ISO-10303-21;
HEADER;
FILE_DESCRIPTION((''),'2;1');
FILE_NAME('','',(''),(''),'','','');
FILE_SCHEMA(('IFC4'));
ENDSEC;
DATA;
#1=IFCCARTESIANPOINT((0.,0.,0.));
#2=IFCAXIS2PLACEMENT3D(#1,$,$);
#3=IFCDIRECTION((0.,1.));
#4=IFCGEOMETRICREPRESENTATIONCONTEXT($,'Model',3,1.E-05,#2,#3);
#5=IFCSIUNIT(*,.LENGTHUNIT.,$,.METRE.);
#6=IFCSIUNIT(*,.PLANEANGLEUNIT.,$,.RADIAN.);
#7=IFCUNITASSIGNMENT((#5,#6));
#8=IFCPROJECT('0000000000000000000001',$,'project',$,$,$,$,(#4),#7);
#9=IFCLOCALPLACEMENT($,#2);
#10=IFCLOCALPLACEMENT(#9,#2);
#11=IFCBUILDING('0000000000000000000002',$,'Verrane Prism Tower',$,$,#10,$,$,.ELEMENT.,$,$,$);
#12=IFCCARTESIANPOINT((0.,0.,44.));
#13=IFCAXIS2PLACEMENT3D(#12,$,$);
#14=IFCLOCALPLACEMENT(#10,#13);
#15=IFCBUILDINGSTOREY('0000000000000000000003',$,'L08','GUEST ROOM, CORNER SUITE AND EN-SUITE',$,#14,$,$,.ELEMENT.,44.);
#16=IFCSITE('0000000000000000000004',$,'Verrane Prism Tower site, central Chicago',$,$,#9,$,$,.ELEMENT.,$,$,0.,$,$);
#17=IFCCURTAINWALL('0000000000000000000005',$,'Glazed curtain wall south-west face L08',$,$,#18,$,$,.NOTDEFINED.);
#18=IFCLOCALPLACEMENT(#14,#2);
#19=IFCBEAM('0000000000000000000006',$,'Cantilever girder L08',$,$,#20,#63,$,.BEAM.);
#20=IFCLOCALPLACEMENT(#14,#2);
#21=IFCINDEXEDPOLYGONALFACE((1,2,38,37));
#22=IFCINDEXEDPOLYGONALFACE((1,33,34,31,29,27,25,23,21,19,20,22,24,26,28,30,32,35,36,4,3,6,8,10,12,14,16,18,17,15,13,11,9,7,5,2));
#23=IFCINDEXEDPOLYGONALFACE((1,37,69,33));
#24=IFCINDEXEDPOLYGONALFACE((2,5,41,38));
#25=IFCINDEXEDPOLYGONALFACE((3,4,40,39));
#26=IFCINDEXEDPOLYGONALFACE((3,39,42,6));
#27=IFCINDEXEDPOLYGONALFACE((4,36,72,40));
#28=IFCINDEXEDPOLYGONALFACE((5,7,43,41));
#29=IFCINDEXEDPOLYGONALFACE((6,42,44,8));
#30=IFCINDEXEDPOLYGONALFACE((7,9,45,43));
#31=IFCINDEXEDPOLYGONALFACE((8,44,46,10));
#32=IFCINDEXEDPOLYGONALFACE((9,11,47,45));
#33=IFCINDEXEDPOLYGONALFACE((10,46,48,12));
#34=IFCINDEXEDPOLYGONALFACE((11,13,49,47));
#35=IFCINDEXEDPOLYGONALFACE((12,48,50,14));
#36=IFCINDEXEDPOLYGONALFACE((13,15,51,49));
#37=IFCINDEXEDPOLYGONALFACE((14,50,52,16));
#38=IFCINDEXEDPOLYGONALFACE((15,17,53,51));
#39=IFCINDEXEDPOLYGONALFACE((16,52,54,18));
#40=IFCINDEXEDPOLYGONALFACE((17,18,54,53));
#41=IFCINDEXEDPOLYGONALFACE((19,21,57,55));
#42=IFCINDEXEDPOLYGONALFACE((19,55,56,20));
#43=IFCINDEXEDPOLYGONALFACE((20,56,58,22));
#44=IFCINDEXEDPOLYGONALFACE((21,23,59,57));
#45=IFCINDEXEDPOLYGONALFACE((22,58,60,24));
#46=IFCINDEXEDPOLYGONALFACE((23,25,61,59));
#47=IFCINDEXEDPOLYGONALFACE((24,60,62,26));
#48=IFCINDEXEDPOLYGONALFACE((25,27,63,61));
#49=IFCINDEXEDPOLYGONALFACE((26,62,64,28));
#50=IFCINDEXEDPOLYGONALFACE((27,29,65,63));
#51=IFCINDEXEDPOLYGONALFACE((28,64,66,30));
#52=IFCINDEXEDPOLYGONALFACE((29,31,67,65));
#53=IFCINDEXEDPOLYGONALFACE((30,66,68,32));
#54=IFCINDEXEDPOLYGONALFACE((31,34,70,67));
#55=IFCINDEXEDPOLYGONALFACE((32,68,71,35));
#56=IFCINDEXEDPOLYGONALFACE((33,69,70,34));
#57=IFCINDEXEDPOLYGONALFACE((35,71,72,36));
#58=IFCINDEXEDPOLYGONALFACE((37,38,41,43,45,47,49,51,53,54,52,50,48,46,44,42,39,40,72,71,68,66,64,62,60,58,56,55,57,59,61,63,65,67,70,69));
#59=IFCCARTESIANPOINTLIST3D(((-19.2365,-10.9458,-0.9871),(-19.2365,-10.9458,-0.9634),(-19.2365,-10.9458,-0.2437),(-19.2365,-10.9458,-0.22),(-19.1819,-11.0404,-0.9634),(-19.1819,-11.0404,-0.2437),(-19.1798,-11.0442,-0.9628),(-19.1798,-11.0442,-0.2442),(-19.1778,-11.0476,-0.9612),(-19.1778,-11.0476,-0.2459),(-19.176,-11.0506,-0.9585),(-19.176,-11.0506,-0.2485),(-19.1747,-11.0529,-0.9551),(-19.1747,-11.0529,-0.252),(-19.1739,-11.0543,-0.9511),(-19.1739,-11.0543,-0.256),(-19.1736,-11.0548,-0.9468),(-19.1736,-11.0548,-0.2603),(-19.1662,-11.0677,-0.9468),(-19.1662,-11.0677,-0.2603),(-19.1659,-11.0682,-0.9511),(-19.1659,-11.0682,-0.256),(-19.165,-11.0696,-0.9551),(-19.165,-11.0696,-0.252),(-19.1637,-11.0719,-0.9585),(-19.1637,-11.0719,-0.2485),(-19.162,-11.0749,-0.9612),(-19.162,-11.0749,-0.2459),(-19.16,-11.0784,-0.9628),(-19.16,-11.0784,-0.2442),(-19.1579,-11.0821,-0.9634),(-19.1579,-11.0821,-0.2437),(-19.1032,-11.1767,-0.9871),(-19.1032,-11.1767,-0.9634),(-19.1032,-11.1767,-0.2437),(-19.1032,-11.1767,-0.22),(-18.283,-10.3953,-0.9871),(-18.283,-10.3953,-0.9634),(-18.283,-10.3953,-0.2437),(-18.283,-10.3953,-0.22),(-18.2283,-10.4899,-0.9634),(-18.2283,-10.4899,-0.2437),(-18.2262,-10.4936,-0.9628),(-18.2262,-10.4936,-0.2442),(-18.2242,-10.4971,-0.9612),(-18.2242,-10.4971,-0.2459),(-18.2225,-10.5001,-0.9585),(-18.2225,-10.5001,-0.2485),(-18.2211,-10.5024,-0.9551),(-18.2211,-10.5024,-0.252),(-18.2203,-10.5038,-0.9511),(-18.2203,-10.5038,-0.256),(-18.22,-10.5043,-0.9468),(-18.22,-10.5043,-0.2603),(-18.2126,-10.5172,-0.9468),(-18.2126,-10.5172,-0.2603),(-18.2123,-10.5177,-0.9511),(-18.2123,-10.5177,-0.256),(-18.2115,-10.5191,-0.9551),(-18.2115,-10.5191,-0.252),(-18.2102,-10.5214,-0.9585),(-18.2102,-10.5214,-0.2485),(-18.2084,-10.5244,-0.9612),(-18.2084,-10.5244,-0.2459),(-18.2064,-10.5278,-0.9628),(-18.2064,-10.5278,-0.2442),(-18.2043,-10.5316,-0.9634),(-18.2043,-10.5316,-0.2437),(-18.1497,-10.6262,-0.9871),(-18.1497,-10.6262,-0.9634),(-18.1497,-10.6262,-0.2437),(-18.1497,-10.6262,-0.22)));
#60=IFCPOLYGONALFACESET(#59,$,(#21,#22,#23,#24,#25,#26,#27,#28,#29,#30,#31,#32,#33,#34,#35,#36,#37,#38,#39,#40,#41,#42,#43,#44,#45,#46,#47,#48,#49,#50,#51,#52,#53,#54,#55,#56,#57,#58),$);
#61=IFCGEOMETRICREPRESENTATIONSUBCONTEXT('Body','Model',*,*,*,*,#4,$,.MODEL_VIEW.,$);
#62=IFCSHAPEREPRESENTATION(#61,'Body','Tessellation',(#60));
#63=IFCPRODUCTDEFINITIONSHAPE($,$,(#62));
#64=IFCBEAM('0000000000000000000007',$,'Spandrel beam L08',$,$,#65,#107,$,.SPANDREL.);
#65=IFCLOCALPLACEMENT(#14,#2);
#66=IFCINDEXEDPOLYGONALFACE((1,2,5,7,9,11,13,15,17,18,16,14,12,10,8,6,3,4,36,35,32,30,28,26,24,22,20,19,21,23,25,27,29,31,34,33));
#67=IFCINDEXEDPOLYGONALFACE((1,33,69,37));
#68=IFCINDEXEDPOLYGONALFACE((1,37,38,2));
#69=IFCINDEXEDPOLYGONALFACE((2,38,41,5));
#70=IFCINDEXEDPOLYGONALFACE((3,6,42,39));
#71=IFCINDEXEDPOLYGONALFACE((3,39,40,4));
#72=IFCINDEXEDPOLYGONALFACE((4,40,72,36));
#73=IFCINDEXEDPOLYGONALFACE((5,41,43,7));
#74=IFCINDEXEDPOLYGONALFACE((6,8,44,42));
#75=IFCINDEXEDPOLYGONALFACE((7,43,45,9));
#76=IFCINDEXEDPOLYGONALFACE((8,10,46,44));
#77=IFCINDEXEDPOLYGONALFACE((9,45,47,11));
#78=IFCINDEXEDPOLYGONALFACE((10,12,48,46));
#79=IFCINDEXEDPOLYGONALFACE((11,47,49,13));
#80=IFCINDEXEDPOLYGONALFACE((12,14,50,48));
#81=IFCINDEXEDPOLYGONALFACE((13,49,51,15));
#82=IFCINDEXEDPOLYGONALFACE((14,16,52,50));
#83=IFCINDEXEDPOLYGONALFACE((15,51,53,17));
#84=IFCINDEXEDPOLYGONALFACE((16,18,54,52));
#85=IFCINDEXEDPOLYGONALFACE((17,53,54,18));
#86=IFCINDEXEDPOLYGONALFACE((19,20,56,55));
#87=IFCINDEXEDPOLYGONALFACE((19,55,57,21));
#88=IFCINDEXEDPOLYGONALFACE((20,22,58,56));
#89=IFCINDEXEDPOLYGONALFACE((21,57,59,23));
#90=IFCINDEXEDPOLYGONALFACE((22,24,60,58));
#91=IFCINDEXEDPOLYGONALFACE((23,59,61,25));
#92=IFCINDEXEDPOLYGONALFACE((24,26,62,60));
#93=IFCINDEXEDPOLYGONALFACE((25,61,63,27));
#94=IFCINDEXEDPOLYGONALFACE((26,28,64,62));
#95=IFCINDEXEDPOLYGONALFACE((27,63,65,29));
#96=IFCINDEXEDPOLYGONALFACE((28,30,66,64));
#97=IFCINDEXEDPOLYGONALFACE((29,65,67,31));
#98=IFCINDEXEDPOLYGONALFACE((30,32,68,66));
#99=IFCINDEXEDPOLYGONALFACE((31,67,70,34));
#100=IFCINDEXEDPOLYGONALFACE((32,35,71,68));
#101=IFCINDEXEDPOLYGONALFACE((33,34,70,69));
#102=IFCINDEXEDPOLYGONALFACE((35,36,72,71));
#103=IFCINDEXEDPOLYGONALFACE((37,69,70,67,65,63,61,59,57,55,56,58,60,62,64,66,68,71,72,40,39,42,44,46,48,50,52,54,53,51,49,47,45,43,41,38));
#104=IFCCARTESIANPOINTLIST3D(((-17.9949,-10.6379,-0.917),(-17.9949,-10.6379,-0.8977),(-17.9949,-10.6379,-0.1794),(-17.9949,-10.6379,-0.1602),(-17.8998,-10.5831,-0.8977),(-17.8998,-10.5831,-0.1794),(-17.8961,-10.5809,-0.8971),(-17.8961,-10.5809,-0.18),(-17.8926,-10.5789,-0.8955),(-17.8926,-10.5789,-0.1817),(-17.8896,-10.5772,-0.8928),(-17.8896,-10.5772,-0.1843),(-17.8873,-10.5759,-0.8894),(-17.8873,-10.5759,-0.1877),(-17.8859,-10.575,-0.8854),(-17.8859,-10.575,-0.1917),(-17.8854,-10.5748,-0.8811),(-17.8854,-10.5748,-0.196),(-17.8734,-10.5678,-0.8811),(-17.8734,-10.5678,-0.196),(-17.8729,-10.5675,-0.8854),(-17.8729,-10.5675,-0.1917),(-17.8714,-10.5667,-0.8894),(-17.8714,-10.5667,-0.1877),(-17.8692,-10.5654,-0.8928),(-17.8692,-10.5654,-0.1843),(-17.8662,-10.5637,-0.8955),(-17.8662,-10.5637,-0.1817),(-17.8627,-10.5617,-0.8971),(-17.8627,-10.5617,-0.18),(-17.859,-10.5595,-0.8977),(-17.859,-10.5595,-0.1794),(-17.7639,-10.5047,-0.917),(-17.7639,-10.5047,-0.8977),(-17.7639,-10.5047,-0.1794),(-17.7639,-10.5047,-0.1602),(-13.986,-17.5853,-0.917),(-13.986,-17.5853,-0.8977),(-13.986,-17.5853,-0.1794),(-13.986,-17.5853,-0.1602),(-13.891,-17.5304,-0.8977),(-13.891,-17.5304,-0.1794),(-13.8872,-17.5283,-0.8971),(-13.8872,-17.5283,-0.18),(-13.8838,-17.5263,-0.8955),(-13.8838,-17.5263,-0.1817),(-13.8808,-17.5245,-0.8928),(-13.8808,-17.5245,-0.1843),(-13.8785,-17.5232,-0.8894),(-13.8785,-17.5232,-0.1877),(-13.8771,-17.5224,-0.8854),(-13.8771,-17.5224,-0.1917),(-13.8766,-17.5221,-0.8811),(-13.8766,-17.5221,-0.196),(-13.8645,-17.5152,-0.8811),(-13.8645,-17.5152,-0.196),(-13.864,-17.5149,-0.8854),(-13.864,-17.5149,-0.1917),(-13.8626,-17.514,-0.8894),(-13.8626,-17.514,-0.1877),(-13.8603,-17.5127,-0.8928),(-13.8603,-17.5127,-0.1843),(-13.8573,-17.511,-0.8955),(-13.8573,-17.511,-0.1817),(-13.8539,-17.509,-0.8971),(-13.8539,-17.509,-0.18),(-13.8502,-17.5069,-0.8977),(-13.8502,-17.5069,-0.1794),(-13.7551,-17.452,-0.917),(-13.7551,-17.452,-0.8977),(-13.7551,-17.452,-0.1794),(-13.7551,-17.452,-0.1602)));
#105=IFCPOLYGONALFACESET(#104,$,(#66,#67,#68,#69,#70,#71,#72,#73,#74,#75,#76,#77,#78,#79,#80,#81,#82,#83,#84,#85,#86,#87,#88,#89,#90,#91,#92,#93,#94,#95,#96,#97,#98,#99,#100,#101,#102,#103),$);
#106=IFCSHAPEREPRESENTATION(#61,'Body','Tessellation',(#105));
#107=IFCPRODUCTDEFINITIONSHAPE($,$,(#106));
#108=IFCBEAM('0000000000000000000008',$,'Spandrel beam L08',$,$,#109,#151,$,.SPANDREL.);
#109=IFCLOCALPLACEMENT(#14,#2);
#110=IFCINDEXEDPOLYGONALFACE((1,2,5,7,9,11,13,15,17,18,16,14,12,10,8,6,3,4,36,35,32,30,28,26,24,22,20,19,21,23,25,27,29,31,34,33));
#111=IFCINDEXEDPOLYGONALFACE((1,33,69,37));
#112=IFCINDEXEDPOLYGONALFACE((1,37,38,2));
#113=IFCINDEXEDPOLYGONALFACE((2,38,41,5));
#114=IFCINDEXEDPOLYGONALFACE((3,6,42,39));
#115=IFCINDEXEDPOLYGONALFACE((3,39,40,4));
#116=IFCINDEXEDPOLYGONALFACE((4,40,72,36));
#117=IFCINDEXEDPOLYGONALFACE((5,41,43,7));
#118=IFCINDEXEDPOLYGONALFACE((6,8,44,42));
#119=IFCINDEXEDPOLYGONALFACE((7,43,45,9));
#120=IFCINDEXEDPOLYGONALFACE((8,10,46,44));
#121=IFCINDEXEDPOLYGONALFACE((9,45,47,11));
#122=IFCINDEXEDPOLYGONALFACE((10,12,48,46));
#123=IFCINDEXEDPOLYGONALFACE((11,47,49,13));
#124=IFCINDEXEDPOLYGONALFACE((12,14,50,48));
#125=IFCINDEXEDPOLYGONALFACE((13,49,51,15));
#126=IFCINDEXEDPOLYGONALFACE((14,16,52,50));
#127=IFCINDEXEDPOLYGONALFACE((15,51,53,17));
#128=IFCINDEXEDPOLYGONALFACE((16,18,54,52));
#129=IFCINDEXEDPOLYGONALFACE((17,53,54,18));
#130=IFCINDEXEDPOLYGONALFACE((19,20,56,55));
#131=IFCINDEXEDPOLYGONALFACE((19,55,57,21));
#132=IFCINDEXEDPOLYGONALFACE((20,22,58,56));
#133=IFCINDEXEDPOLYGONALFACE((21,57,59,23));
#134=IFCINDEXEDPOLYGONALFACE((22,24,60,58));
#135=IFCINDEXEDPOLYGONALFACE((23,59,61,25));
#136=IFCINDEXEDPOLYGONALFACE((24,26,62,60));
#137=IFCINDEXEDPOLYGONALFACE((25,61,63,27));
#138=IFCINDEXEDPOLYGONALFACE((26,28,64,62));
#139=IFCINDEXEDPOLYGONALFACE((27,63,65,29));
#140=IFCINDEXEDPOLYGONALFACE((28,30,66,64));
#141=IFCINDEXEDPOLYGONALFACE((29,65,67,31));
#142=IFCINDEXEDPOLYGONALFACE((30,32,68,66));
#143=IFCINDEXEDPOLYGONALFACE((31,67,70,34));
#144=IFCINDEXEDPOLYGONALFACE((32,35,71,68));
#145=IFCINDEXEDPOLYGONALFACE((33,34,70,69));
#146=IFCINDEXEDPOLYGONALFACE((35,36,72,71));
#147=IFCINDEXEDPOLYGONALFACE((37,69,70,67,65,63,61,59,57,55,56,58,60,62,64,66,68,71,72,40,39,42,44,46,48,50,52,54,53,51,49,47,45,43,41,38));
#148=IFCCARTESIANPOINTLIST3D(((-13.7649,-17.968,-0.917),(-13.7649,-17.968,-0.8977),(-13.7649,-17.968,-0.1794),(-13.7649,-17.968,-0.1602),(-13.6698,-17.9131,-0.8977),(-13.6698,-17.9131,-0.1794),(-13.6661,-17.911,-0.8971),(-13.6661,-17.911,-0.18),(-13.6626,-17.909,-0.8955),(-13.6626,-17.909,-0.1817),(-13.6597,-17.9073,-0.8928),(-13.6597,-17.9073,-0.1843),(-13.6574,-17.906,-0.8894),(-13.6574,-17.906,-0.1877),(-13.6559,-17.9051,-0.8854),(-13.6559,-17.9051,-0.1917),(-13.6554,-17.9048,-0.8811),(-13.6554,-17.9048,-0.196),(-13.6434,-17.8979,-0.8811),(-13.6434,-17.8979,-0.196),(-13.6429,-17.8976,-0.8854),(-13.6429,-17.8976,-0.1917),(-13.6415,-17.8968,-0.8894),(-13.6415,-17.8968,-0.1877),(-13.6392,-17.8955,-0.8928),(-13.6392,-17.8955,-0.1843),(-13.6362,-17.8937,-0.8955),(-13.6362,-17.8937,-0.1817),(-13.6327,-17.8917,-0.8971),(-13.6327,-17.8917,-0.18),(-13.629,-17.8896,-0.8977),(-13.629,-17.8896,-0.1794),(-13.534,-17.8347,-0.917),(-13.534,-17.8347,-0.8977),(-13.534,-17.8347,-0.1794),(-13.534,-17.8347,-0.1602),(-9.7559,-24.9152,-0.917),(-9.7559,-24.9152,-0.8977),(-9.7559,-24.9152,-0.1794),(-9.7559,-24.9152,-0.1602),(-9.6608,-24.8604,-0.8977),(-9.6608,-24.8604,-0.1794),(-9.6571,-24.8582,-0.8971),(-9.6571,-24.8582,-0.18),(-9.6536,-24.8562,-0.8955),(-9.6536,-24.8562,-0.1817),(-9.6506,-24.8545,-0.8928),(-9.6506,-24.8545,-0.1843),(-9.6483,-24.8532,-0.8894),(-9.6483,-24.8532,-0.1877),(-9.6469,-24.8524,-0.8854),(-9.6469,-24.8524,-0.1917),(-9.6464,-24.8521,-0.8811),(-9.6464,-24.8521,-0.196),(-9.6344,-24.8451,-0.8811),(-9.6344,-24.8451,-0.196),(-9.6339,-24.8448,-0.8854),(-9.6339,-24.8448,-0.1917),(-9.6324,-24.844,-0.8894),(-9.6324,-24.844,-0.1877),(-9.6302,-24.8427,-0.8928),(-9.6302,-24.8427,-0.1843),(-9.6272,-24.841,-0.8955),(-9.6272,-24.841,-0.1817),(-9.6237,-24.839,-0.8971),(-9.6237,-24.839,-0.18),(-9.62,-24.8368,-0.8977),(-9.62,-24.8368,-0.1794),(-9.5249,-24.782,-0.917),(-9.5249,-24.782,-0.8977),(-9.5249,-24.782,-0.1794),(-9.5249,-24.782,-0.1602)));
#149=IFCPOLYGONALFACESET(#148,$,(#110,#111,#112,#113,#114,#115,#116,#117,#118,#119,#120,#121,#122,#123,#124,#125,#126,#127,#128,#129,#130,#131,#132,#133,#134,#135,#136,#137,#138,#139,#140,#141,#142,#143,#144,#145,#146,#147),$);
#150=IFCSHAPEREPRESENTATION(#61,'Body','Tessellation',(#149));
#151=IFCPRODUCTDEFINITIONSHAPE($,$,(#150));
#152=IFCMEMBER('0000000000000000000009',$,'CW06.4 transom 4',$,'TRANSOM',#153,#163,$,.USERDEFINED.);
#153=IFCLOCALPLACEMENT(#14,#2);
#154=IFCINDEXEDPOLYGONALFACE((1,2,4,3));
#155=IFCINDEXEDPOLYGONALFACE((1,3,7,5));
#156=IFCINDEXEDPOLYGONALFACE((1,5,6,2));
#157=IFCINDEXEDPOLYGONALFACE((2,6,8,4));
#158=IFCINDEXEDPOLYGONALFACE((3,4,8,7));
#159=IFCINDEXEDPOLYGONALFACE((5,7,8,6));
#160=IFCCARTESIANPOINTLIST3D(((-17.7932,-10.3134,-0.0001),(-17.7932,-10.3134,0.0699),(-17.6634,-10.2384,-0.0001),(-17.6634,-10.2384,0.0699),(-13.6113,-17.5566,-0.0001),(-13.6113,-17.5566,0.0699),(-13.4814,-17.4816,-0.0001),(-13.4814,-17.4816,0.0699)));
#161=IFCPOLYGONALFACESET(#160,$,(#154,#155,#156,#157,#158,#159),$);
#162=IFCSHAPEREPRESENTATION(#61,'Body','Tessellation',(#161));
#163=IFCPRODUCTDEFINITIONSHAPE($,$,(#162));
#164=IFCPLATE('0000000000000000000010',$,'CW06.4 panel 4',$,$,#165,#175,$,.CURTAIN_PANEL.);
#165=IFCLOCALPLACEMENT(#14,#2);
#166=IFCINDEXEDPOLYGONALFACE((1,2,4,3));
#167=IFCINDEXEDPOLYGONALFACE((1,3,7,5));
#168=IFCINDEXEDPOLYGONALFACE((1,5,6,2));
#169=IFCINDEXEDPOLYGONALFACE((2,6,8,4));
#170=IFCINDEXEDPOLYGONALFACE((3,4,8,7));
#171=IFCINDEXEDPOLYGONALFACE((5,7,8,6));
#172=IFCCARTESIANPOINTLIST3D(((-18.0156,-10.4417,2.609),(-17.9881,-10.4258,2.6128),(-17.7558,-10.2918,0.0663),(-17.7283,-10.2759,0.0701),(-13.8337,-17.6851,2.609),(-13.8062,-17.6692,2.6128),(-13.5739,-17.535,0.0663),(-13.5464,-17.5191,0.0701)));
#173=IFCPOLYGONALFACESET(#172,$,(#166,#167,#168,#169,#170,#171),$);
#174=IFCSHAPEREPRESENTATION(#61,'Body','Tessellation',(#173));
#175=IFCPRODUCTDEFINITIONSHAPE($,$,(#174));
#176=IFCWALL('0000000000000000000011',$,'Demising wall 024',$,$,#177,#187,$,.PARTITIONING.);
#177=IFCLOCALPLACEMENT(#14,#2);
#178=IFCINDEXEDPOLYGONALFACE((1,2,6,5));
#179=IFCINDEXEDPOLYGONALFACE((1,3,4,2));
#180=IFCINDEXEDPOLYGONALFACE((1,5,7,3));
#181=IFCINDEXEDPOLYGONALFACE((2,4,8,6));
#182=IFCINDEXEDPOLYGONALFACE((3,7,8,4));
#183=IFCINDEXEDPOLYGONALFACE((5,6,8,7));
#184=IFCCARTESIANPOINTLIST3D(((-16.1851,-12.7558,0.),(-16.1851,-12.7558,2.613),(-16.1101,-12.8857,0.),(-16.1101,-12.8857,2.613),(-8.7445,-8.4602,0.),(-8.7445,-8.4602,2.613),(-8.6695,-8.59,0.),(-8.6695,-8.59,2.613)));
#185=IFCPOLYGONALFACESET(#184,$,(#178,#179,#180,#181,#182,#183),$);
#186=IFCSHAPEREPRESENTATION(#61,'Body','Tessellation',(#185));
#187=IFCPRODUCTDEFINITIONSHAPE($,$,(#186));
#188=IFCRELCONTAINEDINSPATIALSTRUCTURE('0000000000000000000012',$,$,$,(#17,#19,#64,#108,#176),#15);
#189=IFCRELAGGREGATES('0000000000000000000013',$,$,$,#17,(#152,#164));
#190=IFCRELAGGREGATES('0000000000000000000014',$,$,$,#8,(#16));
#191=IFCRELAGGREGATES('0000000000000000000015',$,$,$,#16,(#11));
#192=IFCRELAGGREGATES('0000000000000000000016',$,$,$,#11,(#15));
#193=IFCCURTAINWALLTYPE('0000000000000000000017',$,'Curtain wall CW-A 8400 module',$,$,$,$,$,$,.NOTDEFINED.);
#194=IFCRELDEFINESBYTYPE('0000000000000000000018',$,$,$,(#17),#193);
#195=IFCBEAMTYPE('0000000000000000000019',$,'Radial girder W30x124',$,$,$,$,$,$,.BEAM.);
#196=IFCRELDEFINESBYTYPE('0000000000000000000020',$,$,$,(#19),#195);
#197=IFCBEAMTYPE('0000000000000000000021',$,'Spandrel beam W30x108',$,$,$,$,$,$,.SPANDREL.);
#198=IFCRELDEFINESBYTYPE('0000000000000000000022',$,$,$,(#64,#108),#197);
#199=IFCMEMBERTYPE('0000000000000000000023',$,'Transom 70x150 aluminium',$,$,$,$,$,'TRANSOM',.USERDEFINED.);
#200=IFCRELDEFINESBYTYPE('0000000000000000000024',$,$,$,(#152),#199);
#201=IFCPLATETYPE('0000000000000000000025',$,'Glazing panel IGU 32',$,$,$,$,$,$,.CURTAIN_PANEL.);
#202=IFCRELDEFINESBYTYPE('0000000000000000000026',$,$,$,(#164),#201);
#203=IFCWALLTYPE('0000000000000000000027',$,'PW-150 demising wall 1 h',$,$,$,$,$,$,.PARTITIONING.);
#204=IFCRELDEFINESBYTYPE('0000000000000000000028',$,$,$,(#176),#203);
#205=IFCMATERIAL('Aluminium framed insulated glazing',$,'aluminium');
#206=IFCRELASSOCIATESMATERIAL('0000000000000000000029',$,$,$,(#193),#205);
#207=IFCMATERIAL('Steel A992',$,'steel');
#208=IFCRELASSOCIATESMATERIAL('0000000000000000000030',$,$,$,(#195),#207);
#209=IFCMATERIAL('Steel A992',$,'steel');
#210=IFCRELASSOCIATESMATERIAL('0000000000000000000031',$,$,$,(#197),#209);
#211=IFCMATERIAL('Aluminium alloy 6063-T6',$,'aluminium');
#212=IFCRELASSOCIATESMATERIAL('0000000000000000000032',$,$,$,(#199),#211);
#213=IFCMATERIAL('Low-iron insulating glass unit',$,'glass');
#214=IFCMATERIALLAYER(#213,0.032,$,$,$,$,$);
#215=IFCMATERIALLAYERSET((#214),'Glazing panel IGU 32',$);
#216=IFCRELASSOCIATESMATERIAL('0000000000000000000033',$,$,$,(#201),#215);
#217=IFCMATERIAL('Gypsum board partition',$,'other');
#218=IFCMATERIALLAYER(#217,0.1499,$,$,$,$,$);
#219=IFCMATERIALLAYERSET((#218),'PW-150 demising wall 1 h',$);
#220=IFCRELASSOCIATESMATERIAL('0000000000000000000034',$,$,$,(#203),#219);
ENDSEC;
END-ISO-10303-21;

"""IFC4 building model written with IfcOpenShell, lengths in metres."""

from ifc_helpers import new_model, si_unit, direction, frame, frame_2d, origin, origin_2d, place, context, subcontext, project, spatial, polyline, rectangle, i_section, outline, extrude, material, layer, layer_set, material_profile, profile_set, type_object, element, aggregate, save


model = new_model("IFC4")

# Units and contexts
model_context = context("Model", 3, precision=1e-05, world=origin(), true_north=direction((0.0, 1.0)))
body_context = subcontext(model_context, "Body", "Model", "MODEL_VIEW")
ifc_project = project(units=[si_unit("LENGTHUNIT", "METRE"), si_unit("PLANEANGLEUNIT", "RADIAN")], contexts=[model_context])

# Site, building, storey
site_placement = place(None, origin())
site = spatial("IfcSite", under=ifc_project, at=site_placement, Name="Verrane Prism Tower site, central Chicago", CompositionType="ELEMENT", RefElevation=0.0)
building_placement = place(site_placement, origin())
building = spatial("IfcBuilding", under=site, at=building_placement, Name="Verrane Prism Tower", CompositionType="ELEMENT")
storey_placement = place(building_placement, frame((0.0, 0.0, 44.0)))
storey = spatial("IfcBuildingStorey", under=building, at=storey_placement, Name="L08", Description="GUEST ROOM, CORNER SUITE AND EN-SUITE", CompositionType="ELEMENT", Elevation=44.0)

# Curtain wall
ifc_material_1 = material(Name="Aluminium framed insulated glazing", Category="aluminium")
curtain_wall_type = type_object("IfcCurtainWallType", Name="Curtain wall CW-A 8400 module", PredefinedType="NOTDEFINED", material=ifc_material_1)
curtain_wall_placement = place(storey_placement, origin())
curtain_wall = element("IfcCurtainWall", 1, at=curtain_wall_placement, inside=storey, type_object=curtain_wall_type, Name="Glazed curtain wall south-west face L08", PredefinedType="NOTDEFINED")

# Beams
ifc_material_2 = material(Name="Steel A992", Category="steel")
ifc_material_profile_1 = material_profile(ifc_material_2, i_section(OverallWidth=0.2666, OverallDepth=0.7671, WebThickness=0.0149, FlangeThickness=0.0237, FilletRadius=0.0166, at=origin_2d()), Name="W30x124")
ifc_profile_set_1 = profile_set([ifc_material_profile_1], Name="Steel A992")
beam_type_1 = type_object("IfcBeamType", Name="Radial girder W30x124", PredefinedType="BEAM", material=ifc_profile_set_1)
beam_1_placement = place(storey_placement, frame((-18.2163, -10.5107, -0.6035), z_axis=(-0.866038, -0.499978, 0.0), x_axis=(0.499978, -0.866038, 0.0)))
element("IfcBeam", 2, at=beam_1_placement, inside=storey, type_object=beam_type_1, Name="Cantilever girder L08", PredefinedType="BEAM", context=body_context, shape_type="SweptSolid", body=[
    extrude(i_section(OverallWidth=0.2666, OverallDepth=0.7671, WebThickness=0.0149, FlangeThickness=0.0237, FilletRadius=0.0166, at=origin_2d()), origin(), (0.0, 0.0, 1.0), 1.1011),
])
ifc_material_3 = material(Name="Steel A992", Category="steel")
ifc_material_profile_2 = material_profile(ifc_material_3, i_section(OverallWidth=0.2666, OverallDepth=0.7568, WebThickness=0.0139, FlangeThickness=0.0193, FilletRadius=0.0166, at=origin_2d()), Name="W30x108")
ifc_profile_set_2 = profile_set([ifc_material_profile_2], Name="Steel A992")
beam_type_2 = type_object("IfcBeamType", Name="Spandrel beam W30x108", PredefinedType="SPANDREL", material=ifc_profile_set_2)
for number, where, z_axis, x_axis, name in (
    (3, (-17.8794, -10.5713, -0.5386), (0.499793, -0.866145, 0.0), (0.866145, 0.499793, 0.0), "Spandrel beam L08"),
    (4, (-13.6494, -17.9014, -0.5386), (0.499816, -0.866132, 0.0), (0.866132, 0.499816, 0.0), "Spandrel beam L08"),
):
    element("IfcBeam", number, at=place(storey_placement, frame(where, z_axis=z_axis, x_axis=x_axis)), inside=storey, type_object=beam_type_2, Name=name, PredefinedType="SPANDREL", context=body_context, shape_type="SweptSolid", body=[
        extrude(i_section(OverallWidth=0.2666, OverallDepth=0.7568, WebThickness=0.0139, FlangeThickness=0.0193, FilletRadius=0.0166, at=origin_2d()), origin(), (0.0, 0.0, 1.0), 8.021),
    ])

# Member
ifc_material_4 = material(Name="Aluminium alloy 6063-T6", Category="aluminium")
ifc_material_profile_3 = material_profile(ifc_material_4, rectangle(XDim=0.1499, YDim=0.0701, at=origin_2d()), Name="Transom 70x150 aluminium")
ifc_profile_set_3 = profile_set([ifc_material_profile_3], Name="Aluminium alloy 6063-T6")
member_type_1 = type_object("IfcMemberType", Name="Transom 70x150 aluminium", ElementType="TRANSOM", PredefinedType="USERDEFINED", material=ifc_profile_set_3)
member_1_placement = place(storey_placement, frame((-17.7283, -10.2759, 0.0349), z_axis=(0.500004, -0.866023, 0.0), x_axis=(0.866023, 0.500004, 0.0)))
member_1 = element("IfcMember", 5, at=member_1_placement, type_object=member_type_1, Name="CW06.4 transom 4", ObjectType="TRANSOM", PredefinedType="USERDEFINED", context=body_context, shape_type="SweptSolid", body=[
    extrude(rectangle(XDim=0.1499, YDim=0.0701, at=origin_2d()), origin(), (0.0, 0.0, 1.0), 8.3638),
])

# Plate
ifc_material_5 = material(Name="Low-iron insulating glass unit", Category="glass")
ifc_layer_1 = layer(ifc_material_5, 0.032)
ifc_layer_set_1 = layer_set([ifc_layer_1], Name="Glazing panel IGU 32")
plate_type = type_object("IfcPlateType", Name="Glazing panel IGU 32", PredefinedType="CURTAIN_PANEL", material=ifc_layer_set_1)
plate_placement = place(storey_placement, frame((-17.7283, -10.2759, 0.0701), z_axis=(0.860062, 0.496554, 0.117162), x_axis=(0.499998, -0.866027, -0.000001)))
plate = element("IfcPlate", 6, at=plate_placement, type_object=plate_type, Name="CW06.4 panel 4", PredefinedType="CURTAIN_PANEL", context=body_context, shape_type="SweptSolid", body=[
    extrude(outline(polyline([(0.0, 0.0), (8.3637, 0.0), (8.3639, -2.5604), (-0.0001, -2.5604), (0.0, 0.0)])), origin(), (0.0, 0.0, -1.0), 0.032),
])
aggregate(curtain_wall, [member_1, plate])

# Wall
ifc_material_6 = material(Name="Gypsum board partition", Category="other")
ifc_layer_2 = layer(ifc_material_6, 0.1499)
ifc_layer_set_2 = layer_set([ifc_layer_2], Name="PW-150 demising wall 1 h")
wall_type = type_object("IfcWallType", Name="PW-150 demising wall 1 h", PredefinedType="PARTITIONING", material=ifc_layer_set_2)
wall_1_placement = place(storey_placement, frame((-16.1477, -12.8208, 0.0), z_axis=(0.0, 0.0, 1.0), x_axis=(0.866037, 0.499981, 0.0)))
element("IfcWall", 7, at=wall_1_placement, inside=storey, type_object=wall_type, Name="Demising wall 024", PredefinedType="PARTITIONING", context=body_context, shape_type="SweptSolid", body=[
    extrude(rectangle(XDim=8.5916, YDim=0.1499, at=frame_2d((4.2959, 0.0))), origin(), (0.0, 0.0, 1.0), 2.613),
])

save(model, "model.ifc")
